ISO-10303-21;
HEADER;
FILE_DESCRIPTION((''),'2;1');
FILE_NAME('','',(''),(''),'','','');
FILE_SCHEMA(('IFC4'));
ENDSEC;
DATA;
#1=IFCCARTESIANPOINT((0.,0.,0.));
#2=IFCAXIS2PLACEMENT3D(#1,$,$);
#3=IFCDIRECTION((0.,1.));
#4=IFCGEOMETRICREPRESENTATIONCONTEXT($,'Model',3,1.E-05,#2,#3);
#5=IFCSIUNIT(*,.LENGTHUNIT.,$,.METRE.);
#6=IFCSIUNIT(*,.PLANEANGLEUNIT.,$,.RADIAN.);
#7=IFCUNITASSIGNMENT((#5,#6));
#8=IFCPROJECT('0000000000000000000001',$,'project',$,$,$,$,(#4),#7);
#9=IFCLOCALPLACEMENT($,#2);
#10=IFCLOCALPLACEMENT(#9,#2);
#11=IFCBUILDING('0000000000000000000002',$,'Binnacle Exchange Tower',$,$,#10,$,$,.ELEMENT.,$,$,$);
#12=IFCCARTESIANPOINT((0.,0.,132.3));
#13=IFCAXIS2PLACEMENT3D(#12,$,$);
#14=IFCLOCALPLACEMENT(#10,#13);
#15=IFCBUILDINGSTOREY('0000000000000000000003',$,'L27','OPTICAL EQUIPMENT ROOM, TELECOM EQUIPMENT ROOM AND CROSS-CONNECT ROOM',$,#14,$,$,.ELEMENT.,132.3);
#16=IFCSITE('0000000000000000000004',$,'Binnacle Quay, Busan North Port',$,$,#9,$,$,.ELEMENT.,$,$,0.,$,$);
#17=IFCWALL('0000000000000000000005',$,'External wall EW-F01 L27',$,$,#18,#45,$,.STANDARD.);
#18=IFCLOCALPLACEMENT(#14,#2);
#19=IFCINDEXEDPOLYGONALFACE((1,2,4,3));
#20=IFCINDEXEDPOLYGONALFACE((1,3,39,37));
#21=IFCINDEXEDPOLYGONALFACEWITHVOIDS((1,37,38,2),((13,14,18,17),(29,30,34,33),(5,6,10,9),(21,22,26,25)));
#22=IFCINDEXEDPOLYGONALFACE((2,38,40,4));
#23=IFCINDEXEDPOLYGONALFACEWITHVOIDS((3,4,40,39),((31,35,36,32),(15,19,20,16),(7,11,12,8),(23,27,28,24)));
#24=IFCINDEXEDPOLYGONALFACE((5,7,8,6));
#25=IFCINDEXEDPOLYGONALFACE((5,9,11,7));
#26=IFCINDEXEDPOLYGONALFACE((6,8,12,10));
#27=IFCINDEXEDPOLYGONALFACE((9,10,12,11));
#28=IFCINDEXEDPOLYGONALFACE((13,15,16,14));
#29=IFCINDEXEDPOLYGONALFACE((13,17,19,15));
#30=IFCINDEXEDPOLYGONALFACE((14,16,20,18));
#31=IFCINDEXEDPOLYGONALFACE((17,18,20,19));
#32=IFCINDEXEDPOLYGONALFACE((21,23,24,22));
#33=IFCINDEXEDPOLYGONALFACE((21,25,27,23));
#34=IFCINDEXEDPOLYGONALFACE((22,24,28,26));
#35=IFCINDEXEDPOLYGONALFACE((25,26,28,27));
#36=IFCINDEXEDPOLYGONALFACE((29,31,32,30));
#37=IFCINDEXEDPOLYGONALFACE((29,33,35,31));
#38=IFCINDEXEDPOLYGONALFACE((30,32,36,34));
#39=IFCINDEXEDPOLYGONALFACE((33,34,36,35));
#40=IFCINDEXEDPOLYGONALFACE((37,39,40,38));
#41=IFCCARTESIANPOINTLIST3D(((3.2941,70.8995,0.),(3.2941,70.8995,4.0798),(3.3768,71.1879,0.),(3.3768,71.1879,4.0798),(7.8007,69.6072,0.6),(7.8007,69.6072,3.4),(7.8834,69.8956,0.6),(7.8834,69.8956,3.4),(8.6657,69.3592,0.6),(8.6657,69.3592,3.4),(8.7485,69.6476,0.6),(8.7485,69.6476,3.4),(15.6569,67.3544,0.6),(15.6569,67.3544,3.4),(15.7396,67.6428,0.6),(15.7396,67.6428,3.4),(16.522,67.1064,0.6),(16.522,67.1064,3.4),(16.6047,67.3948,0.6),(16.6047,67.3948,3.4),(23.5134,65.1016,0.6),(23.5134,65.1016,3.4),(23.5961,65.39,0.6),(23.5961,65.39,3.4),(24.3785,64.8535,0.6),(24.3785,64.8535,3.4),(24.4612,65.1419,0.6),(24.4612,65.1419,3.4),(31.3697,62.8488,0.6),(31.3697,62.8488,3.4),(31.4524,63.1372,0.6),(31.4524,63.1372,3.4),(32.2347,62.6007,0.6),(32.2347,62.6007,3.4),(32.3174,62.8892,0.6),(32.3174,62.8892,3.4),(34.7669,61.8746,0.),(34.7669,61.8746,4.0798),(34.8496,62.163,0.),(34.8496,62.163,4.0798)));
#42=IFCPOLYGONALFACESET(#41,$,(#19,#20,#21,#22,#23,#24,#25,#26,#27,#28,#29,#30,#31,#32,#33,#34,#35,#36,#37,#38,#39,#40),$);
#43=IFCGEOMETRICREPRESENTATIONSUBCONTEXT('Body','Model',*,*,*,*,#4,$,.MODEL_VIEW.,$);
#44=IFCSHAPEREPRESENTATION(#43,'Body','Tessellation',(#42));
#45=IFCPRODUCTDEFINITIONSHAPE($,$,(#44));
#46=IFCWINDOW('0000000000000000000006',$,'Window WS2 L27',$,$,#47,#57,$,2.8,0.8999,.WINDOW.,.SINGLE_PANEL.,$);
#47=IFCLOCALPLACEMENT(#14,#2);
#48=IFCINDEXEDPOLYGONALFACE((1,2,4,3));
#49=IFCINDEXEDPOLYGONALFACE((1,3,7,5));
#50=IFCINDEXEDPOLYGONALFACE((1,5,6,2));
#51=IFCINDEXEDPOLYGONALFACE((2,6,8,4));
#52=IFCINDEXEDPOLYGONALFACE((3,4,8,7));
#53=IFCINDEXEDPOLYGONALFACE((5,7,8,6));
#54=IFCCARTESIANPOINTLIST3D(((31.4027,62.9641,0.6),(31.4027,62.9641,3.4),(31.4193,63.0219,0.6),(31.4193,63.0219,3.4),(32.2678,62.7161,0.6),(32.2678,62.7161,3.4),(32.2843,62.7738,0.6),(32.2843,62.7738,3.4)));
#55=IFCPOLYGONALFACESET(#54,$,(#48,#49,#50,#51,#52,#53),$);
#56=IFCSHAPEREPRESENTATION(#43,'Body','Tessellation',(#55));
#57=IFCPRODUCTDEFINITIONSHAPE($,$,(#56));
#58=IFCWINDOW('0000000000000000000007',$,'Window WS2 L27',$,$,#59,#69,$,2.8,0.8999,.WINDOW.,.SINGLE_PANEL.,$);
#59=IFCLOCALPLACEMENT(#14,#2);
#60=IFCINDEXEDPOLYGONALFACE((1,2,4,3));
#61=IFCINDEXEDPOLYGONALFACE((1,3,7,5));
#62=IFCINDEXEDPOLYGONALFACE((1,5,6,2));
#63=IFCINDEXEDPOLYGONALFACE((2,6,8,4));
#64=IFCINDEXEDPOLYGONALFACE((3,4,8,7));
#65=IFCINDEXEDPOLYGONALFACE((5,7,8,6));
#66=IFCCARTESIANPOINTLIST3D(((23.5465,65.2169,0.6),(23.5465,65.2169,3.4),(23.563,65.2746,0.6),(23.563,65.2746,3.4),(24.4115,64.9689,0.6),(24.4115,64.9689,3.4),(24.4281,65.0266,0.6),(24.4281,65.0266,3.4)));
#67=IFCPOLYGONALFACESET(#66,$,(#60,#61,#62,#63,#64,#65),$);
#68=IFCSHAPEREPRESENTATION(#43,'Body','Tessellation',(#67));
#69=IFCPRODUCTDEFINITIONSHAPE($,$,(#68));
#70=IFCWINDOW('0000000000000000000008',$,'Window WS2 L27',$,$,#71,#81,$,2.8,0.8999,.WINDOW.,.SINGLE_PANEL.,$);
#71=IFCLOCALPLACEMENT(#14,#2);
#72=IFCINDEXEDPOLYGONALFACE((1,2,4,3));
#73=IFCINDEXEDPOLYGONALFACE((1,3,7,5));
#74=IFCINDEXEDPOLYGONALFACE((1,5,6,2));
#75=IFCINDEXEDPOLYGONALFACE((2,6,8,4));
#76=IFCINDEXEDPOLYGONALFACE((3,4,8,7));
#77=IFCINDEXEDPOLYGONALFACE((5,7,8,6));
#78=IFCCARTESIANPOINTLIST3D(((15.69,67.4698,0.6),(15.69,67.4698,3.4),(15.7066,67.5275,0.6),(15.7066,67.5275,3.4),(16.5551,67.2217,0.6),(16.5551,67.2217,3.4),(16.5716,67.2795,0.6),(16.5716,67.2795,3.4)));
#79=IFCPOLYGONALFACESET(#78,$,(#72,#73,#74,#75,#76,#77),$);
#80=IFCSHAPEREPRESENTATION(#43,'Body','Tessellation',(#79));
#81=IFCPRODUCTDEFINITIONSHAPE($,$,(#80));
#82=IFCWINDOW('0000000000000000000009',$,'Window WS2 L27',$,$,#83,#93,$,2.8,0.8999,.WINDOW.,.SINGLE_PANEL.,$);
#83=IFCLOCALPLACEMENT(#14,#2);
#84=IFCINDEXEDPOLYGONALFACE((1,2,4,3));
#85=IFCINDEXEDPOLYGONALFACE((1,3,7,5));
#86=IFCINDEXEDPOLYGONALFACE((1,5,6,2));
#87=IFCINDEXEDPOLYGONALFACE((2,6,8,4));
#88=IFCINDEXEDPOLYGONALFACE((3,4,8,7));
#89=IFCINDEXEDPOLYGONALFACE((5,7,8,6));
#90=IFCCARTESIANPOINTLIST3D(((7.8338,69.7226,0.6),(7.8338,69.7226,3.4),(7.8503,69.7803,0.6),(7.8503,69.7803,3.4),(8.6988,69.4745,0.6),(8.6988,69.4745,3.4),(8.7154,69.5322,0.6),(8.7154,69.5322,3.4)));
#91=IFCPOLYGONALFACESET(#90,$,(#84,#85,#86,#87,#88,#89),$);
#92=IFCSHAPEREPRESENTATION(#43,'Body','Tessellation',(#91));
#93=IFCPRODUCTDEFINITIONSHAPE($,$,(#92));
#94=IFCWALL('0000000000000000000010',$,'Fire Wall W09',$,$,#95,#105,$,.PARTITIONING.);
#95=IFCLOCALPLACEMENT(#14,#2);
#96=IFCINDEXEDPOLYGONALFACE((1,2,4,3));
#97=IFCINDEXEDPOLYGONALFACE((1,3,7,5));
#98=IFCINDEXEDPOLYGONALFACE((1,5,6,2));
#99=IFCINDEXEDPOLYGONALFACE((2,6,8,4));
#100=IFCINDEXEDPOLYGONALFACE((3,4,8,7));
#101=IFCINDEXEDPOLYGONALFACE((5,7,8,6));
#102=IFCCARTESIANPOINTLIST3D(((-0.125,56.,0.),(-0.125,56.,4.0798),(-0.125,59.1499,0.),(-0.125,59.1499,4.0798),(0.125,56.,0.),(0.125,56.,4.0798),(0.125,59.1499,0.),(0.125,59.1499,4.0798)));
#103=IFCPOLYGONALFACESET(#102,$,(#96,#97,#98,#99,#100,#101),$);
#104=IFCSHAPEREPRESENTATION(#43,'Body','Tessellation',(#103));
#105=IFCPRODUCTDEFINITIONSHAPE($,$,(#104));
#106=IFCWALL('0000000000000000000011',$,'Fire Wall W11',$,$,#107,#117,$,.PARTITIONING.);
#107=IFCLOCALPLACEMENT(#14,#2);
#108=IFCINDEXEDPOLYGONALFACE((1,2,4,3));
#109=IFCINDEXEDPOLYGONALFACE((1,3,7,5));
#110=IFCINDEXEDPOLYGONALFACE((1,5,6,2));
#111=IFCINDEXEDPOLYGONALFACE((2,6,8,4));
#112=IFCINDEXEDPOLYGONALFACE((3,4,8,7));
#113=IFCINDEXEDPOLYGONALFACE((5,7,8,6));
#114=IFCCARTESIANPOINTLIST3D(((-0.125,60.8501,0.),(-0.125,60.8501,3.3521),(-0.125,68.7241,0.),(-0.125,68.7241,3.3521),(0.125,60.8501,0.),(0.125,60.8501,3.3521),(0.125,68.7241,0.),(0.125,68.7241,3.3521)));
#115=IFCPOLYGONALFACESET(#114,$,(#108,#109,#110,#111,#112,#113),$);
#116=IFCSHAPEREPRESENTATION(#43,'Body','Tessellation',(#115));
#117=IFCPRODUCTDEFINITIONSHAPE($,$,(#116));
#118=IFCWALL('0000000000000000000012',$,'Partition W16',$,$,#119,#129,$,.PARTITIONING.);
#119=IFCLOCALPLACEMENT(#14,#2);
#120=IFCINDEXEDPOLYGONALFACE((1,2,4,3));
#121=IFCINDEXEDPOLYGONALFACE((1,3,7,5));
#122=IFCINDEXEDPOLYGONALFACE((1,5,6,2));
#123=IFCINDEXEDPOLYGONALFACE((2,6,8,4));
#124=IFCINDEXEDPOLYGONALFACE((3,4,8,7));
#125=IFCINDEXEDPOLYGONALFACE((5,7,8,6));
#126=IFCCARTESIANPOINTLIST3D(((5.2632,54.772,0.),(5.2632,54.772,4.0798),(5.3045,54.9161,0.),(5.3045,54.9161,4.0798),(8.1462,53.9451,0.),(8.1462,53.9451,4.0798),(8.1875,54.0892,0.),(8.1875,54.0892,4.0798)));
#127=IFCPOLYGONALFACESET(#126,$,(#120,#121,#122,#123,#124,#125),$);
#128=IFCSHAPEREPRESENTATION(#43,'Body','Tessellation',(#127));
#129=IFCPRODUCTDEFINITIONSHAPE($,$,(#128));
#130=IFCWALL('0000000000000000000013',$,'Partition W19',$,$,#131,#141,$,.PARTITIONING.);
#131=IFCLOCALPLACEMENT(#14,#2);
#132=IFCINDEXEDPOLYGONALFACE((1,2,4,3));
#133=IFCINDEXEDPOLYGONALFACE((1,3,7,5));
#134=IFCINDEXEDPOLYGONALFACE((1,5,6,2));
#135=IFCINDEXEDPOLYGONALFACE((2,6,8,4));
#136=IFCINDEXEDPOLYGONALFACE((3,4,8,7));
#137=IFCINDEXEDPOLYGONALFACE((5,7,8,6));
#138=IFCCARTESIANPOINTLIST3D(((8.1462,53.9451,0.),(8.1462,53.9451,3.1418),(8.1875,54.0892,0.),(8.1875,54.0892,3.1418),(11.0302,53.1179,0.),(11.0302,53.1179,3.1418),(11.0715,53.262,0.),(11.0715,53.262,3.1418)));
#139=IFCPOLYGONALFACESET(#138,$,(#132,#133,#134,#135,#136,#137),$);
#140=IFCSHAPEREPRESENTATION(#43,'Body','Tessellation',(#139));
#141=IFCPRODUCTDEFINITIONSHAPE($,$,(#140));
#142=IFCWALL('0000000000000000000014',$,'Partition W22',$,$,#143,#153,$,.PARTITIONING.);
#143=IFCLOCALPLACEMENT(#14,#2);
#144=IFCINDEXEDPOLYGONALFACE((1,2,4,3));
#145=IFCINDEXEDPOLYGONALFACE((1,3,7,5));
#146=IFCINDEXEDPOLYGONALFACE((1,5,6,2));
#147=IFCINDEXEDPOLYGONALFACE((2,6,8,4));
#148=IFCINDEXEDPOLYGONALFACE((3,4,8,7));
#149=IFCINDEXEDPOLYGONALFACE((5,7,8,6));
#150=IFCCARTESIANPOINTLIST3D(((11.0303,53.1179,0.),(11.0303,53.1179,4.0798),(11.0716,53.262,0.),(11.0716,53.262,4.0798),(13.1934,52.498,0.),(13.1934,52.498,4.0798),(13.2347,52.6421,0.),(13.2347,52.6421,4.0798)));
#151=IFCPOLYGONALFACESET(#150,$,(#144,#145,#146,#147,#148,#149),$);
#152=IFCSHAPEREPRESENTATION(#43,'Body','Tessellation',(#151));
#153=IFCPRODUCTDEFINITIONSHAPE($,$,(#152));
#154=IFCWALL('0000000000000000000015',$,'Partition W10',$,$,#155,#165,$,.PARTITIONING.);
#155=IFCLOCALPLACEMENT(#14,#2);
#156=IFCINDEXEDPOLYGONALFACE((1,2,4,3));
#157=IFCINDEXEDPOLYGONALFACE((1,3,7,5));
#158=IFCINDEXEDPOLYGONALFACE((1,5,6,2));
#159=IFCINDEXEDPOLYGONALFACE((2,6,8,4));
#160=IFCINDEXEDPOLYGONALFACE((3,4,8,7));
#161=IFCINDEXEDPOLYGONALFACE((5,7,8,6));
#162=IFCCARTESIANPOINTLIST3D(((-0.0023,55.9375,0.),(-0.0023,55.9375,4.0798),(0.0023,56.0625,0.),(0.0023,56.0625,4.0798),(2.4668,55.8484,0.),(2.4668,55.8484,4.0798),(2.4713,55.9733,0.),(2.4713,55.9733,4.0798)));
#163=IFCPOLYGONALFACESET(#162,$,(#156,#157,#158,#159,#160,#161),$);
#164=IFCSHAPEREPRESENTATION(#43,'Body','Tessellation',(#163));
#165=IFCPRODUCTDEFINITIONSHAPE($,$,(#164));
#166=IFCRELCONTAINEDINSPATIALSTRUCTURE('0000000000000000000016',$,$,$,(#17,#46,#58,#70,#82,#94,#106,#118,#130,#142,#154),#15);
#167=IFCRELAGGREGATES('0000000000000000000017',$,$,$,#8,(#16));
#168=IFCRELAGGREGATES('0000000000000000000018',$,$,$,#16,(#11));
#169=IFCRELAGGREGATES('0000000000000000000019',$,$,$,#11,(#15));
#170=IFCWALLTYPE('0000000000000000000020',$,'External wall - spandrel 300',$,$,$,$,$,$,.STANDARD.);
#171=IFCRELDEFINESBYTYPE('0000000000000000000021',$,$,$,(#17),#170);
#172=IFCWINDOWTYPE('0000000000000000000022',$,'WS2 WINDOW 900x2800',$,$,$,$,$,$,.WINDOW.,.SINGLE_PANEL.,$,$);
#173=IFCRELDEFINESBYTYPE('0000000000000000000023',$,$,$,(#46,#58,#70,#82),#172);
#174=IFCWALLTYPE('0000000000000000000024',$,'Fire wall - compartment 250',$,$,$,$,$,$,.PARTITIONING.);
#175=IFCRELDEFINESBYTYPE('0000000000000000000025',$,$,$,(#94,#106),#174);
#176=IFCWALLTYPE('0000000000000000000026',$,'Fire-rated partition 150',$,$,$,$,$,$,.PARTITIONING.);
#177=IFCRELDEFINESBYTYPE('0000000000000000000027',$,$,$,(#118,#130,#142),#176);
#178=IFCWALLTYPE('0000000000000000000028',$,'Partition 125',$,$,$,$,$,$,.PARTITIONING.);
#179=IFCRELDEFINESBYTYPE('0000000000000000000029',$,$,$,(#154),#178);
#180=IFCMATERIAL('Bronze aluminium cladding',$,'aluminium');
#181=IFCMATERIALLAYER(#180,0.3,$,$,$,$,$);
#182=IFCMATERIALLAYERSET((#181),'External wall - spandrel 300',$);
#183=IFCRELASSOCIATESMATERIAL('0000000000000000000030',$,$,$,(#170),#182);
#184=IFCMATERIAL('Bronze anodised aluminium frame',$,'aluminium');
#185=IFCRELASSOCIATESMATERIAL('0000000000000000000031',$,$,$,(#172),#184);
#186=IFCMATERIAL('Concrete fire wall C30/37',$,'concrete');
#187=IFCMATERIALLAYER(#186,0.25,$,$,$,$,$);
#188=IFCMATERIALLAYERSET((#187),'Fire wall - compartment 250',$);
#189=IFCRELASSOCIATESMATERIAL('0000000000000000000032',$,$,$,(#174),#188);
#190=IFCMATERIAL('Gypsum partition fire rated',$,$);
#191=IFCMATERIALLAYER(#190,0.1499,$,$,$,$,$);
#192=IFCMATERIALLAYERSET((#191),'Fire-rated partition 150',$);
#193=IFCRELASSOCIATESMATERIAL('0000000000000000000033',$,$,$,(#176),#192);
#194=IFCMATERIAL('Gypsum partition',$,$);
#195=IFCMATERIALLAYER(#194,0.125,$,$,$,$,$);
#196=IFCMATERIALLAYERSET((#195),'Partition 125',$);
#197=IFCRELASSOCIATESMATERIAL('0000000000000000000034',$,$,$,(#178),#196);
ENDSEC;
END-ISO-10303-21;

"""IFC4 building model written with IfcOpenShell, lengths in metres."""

from ifc_helpers import new_model, si_unit, direction, frame, frame_2d, origin, place, context, subcontext, project, spatial, rectangle, extrude, material, layer, layer_set, type_object, element, fill, save


model = new_model("IFC4")

# Units and contexts
model_context = context("Model", 3, precision=1e-05, world=origin(), true_north=direction((0.0, 1.0)))
body_context = subcontext(model_context, "Body", "Model", "MODEL_VIEW")
ifc_project = project(units=[si_unit("LENGTHUNIT", "METRE"), si_unit("PLANEANGLEUNIT", "RADIAN")], contexts=[model_context])

# Site, building, storey
site_placement = place(None, origin())
site = spatial("IfcSite", under=ifc_project, at=site_placement, Name="Binnacle Quay, Busan North Port", CompositionType="ELEMENT", RefElevation=0.0)
building_placement = place(site_placement, origin())
building = spatial("IfcBuilding", under=site, at=building_placement, Name="Binnacle Exchange Tower", CompositionType="ELEMENT")
storey_placement = place(building_placement, frame((0.0, 0.0, 132.3)))
storey = spatial("IfcBuildingStorey", under=building, at=storey_placement, Name="L27", Description="OPTICAL EQUIPMENT ROOM, TELECOM EQUIPMENT ROOM AND CROSS-CONNECT ROOM", CompositionType="ELEMENT", Elevation=132.3)

# Wall, openings, windows
ifc_material_1 = material(Name="Bronze aluminium cladding", Category="aluminium")
ifc_layer_1 = layer(ifc_material_1, 0.3)
ifc_layer_set_1 = layer_set([ifc_layer_1], Name="External wall - spandrel 300")
wall_type_1 = type_object("IfcWallType", Name="External wall - spandrel 300", PredefinedType="STANDARD", material=ifc_layer_set_1)
wall_1_placement = place(storey_placement, frame((3.3354, 71.0437, 0.0), z_axis=(0.0, 0.0, 1.0), x_axis=(0.96126, -0.275643, 0.0)))
wall_1 = element("IfcWall", 1, at=wall_1_placement, inside=storey, type_object=wall_type_1, Name="External wall EW-F01 L27", PredefinedType="STANDARD", context=body_context, shape_type="SweptSolid", body=[
    extrude(rectangle(XDim=32.7412, YDim=0.3, at=frame_2d((16.3706, 0.0))), origin(), (0.0, 0.0, 1.0), 4.0798),
])
opening_1_placement = place(wall_1_placement, frame((29.207, 0.0, 0.6001)))
opening_1 = element("IfcOpeningElement", 2, at=opening_1_placement, cuts=wall_1, PredefinedType="OPENING", context=body_context, shape_type="SweptSolid", body=[
    extrude(rectangle(XDim=0.8999, YDim=2.8, at=frame_2d((0.45, 1.3999))), frame((0.0, 0.1599, 0.0), z_axis=(0.0, -1.0, 0.0), x_axis=(1.0, 0.0, 0.0)), (0.0, 0.0, 1.0), 0.3201),
])
opening_2_placement = place(wall_1_placement, frame((21.0342, 0.0, 0.6001)))
opening_2 = element("IfcOpeningElement", 3, at=opening_2_placement, cuts=wall_1, PredefinedType="OPENING", context=body_context, shape_type="SweptSolid", body=[
    extrude(rectangle(XDim=0.8999, YDim=2.8, at=frame_2d((0.45, 1.3999))), frame((0.0, 0.1599, 0.0), z_axis=(0.0, -1.0, 0.0), x_axis=(1.0, 0.0, 0.0)), (0.0, 0.0, 1.0), 0.3201),
])
opening_3_placement = place(wall_1_placement, frame((12.8611, 0.0, 0.6001)))
opening_3 = element("IfcOpeningElement", 4, at=opening_3_placement, cuts=wall_1, PredefinedType="OPENING", context=body_context, shape_type="SweptSolid", body=[
    extrude(rectangle(XDim=0.8999, YDim=2.8, at=frame_2d((0.45, 1.3999))), frame((0.0, 0.1599, 0.0), z_axis=(0.0, -1.0, 0.0), x_axis=(1.0, 0.0, 0.0)), (0.0, 0.0, 1.0), 0.3201),
])
opening_4_placement = place(wall_1_placement, frame((4.6882, 0.0, 0.6001)))
opening_4 = element("IfcOpeningElement", 5, at=opening_4_placement, cuts=wall_1, PredefinedType="OPENING", context=body_context, shape_type="SweptSolid", body=[
    extrude(rectangle(XDim=0.8999, YDim=2.8, at=frame_2d((0.45, 1.3999))), frame((0.0, 0.1599, 0.0), z_axis=(0.0, -1.0, 0.0), x_axis=(1.0, 0.0, 0.0)), (0.0, 0.0, 1.0), 0.3201),
])
ifc_material_2 = material(Name="Bronze anodised aluminium frame", Category="aluminium")
window_type = type_object("IfcWindowType", Name="WS2 WINDOW 900x2800", PartitioningType="SINGLE_PANEL", PredefinedType="WINDOW", material=ifc_material_2)
window_1_placement = place(opening_1_placement, origin())
window_1 = element("IfcWindow", 6, at=window_1_placement, inside=storey, type_object=window_type, Name="Window WS2 L27", OverallHeight=2.8, OverallWidth=0.8999, PartitioningType="SINGLE_PANEL", PredefinedType="WINDOW", context=body_context, shape_type="SweptSolid", body=[
    extrude(rectangle(XDim=0.8999, YDim=2.8, at=frame_2d((0.45, 1.3999))), frame((0.0, 0.03, 0.0), z_axis=(0.0, -1.0, 0.0), x_axis=(1.0, 0.0, 0.0)), (0.0, 0.0, 1.0), 0.0601),
])
fill(opening_1, window_1)
window_2_placement = place(opening_2_placement, origin())
window_2 = element("IfcWindow", 7, at=window_2_placement, inside=storey, type_object=window_type, Name="Window WS2 L27", OverallHeight=2.8, OverallWidth=0.8999, PartitioningType="SINGLE_PANEL", PredefinedType="WINDOW", context=body_context, shape_type="SweptSolid", body=[
    extrude(rectangle(XDim=0.8999, YDim=2.8, at=frame_2d((0.45, 1.3999))), frame((0.0, 0.03, 0.0), z_axis=(0.0, -1.0, 0.0), x_axis=(1.0, 0.0, 0.0)), (0.0, 0.0, 1.0), 0.0601),
])
fill(opening_2, window_2)
window_3_placement = place(opening_3_placement, origin())
window_3 = element("IfcWindow", 8, at=window_3_placement, inside=storey, type_object=window_type, Name="Window WS2 L27", OverallHeight=2.8, OverallWidth=0.8999, PartitioningType="SINGLE_PANEL", PredefinedType="WINDOW", context=body_context, shape_type="SweptSolid", body=[
    extrude(rectangle(XDim=0.8999, YDim=2.8, at=frame_2d((0.45, 1.3999))), frame((0.0, 0.03, 0.0), z_axis=(0.0, -1.0, 0.0), x_axis=(1.0, 0.0, 0.0)), (0.0, 0.0, 1.0), 0.0601),
])
fill(opening_3, window_3)
window_4_placement = place(opening_4_placement, origin())
window_4 = element("IfcWindow", 9, at=window_4_placement, inside=storey, type_object=window_type, Name="Window WS2 L27", OverallHeight=2.8, OverallWidth=0.8999, PartitioningType="SINGLE_PANEL", PredefinedType="WINDOW", context=body_context, shape_type="SweptSolid", body=[
    extrude(rectangle(XDim=0.8999, YDim=2.8, at=frame_2d((0.45, 1.3999))), frame((0.0, 0.03, 0.0), z_axis=(0.0, -1.0, 0.0), x_axis=(1.0, 0.0, 0.0)), (0.0, 0.0, 1.0), 0.0601),
])
fill(opening_4, window_4)

# Walls
ifc_material_3 = material(Name="Concrete fire wall C30/37", Category="concrete")
ifc_layer_2 = layer(ifc_material_3, 0.25)
ifc_layer_set_2 = layer_set([ifc_layer_2], Name="Fire wall - compartment 250")
wall_type_2 = type_object("IfcWallType", Name="Fire wall - compartment 250", PredefinedType="PARTITIONING", material=ifc_layer_set_2)
wall_2_placement = place(storey_placement, frame((0.0, 56.0, 0.0), z_axis=(0.0, 0.0, 1.0), x_axis=(0.0, 1.0, 0.0)))
element("IfcWall", 10, at=wall_2_placement, inside=storey, type_object=wall_type_2, Name="Fire Wall W09", PredefinedType="PARTITIONING", context=body_context, shape_type="SweptSolid", body=[
    extrude(rectangle(XDim=3.1499, YDim=0.25, at=frame_2d((1.575, 0.0))), origin(), (0.0, 0.0, 1.0), 4.0798),
])
wall_3_placement = place(storey_placement, frame((0.0, 60.8501, 0.0), z_axis=(0.0, 0.0, 1.0), x_axis=(0.0, 1.0, 0.0)))
element("IfcWall", 11, at=wall_3_placement, inside=storey, type_object=wall_type_2, Name="Fire Wall W11", PredefinedType="PARTITIONING", context=body_context, shape_type="SweptSolid", body=[
    extrude(rectangle(XDim=7.874, YDim=0.25, at=frame_2d((3.937, 0.0))), origin(), (0.0, 0.0, 1.0), 3.3521),
])
ifc_material_4 = material(Name="Gypsum partition fire rated")
ifc_layer_3 = layer(ifc_material_4, 0.1499)
ifc_layer_set_3 = layer_set([ifc_layer_3], Name="Fire-rated partition 150")
wall_type_3 = type_object("IfcWallType", Name="Fire-rated partition 150", PredefinedType="PARTITIONING", material=ifc_layer_set_3)
wall_4_placement = place(storey_placement, frame((5.2839, 54.844, 0.0), z_axis=(0.0, 0.0, 1.0), x_axis=(0.961244, -0.275699, 0.0)))
element("IfcWall", 12, at=wall_4_placement, inside=storey, type_object=wall_type_3, Name="Partition W16", PredefinedType="PARTITIONING", context=body_context, shape_type="SweptSolid", body=[
    extrude(rectangle(XDim=2.9993, YDim=0.1499, at=frame_2d((1.4995, 0.0))), origin(), (0.0, 0.0, 1.0), 4.0798),
])
wall_5_placement = place(storey_placement, frame((8.167, 54.0171, 0.0), z_axis=(0.0, 0.0, 1.0), x_axis=(0.961247, -0.275688, 0.0)))
element("IfcWall", 13, at=wall_5_placement, inside=storey, type_object=wall_type_3, Name="Partition W19", PredefinedType="PARTITIONING", context=body_context, shape_type="SweptSolid", body=[
    extrude(rectangle(XDim=3.0002, YDim=0.1499, at=frame_2d((1.5, 0.0))), origin(), (0.0, 0.0, 1.0), 3.1418),
])
wall_6_placement = place(storey_placement, frame((11.051, 53.1899, 0.0), z_axis=(0.0, 0.0, 1.0), x_axis=(0.961307, -0.275481, 0.0)))
element("IfcWall", 14, at=wall_6_placement, inside=storey, type_object=wall_type_3, Name="Partition W22", PredefinedType="PARTITIONING", context=body_context, shape_type="SweptSolid", body=[
    extrude(rectangle(XDim=2.2502, YDim=0.1499, at=frame_2d((1.125, 0.0))), origin(), (0.0, 0.0, 1.0), 4.0798),
])
ifc_material_5 = material(Name="Gypsum partition")
ifc_layer_4 = layer(ifc_material_5, 0.125)
ifc_layer_set_4 = layer_set([ifc_layer_4], Name="Partition 125")
wall_type_4 = type_object("IfcWallType", Name="Partition 125", PredefinedType="PARTITIONING", material=ifc_layer_set_4)
wall_7_placement = place(storey_placement, frame((0.0, 56.0, 0.0), z_axis=(0.0, 0.0, 1.0), x_axis=(0.999349, -0.036069, 0.0)))
element("IfcWall", 15, at=wall_7_placement, inside=storey, type_object=wall_type_4, Name="Partition W10", PredefinedType="PARTITIONING", context=body_context, shape_type="SweptSolid", body=[
    extrude(rectangle(XDim=2.4707, YDim=0.125, at=frame_2d((1.2354, 0.0))), origin(), (0.0, 0.0, 1.0), 4.0798),
])

save(model, "model.ifc")
